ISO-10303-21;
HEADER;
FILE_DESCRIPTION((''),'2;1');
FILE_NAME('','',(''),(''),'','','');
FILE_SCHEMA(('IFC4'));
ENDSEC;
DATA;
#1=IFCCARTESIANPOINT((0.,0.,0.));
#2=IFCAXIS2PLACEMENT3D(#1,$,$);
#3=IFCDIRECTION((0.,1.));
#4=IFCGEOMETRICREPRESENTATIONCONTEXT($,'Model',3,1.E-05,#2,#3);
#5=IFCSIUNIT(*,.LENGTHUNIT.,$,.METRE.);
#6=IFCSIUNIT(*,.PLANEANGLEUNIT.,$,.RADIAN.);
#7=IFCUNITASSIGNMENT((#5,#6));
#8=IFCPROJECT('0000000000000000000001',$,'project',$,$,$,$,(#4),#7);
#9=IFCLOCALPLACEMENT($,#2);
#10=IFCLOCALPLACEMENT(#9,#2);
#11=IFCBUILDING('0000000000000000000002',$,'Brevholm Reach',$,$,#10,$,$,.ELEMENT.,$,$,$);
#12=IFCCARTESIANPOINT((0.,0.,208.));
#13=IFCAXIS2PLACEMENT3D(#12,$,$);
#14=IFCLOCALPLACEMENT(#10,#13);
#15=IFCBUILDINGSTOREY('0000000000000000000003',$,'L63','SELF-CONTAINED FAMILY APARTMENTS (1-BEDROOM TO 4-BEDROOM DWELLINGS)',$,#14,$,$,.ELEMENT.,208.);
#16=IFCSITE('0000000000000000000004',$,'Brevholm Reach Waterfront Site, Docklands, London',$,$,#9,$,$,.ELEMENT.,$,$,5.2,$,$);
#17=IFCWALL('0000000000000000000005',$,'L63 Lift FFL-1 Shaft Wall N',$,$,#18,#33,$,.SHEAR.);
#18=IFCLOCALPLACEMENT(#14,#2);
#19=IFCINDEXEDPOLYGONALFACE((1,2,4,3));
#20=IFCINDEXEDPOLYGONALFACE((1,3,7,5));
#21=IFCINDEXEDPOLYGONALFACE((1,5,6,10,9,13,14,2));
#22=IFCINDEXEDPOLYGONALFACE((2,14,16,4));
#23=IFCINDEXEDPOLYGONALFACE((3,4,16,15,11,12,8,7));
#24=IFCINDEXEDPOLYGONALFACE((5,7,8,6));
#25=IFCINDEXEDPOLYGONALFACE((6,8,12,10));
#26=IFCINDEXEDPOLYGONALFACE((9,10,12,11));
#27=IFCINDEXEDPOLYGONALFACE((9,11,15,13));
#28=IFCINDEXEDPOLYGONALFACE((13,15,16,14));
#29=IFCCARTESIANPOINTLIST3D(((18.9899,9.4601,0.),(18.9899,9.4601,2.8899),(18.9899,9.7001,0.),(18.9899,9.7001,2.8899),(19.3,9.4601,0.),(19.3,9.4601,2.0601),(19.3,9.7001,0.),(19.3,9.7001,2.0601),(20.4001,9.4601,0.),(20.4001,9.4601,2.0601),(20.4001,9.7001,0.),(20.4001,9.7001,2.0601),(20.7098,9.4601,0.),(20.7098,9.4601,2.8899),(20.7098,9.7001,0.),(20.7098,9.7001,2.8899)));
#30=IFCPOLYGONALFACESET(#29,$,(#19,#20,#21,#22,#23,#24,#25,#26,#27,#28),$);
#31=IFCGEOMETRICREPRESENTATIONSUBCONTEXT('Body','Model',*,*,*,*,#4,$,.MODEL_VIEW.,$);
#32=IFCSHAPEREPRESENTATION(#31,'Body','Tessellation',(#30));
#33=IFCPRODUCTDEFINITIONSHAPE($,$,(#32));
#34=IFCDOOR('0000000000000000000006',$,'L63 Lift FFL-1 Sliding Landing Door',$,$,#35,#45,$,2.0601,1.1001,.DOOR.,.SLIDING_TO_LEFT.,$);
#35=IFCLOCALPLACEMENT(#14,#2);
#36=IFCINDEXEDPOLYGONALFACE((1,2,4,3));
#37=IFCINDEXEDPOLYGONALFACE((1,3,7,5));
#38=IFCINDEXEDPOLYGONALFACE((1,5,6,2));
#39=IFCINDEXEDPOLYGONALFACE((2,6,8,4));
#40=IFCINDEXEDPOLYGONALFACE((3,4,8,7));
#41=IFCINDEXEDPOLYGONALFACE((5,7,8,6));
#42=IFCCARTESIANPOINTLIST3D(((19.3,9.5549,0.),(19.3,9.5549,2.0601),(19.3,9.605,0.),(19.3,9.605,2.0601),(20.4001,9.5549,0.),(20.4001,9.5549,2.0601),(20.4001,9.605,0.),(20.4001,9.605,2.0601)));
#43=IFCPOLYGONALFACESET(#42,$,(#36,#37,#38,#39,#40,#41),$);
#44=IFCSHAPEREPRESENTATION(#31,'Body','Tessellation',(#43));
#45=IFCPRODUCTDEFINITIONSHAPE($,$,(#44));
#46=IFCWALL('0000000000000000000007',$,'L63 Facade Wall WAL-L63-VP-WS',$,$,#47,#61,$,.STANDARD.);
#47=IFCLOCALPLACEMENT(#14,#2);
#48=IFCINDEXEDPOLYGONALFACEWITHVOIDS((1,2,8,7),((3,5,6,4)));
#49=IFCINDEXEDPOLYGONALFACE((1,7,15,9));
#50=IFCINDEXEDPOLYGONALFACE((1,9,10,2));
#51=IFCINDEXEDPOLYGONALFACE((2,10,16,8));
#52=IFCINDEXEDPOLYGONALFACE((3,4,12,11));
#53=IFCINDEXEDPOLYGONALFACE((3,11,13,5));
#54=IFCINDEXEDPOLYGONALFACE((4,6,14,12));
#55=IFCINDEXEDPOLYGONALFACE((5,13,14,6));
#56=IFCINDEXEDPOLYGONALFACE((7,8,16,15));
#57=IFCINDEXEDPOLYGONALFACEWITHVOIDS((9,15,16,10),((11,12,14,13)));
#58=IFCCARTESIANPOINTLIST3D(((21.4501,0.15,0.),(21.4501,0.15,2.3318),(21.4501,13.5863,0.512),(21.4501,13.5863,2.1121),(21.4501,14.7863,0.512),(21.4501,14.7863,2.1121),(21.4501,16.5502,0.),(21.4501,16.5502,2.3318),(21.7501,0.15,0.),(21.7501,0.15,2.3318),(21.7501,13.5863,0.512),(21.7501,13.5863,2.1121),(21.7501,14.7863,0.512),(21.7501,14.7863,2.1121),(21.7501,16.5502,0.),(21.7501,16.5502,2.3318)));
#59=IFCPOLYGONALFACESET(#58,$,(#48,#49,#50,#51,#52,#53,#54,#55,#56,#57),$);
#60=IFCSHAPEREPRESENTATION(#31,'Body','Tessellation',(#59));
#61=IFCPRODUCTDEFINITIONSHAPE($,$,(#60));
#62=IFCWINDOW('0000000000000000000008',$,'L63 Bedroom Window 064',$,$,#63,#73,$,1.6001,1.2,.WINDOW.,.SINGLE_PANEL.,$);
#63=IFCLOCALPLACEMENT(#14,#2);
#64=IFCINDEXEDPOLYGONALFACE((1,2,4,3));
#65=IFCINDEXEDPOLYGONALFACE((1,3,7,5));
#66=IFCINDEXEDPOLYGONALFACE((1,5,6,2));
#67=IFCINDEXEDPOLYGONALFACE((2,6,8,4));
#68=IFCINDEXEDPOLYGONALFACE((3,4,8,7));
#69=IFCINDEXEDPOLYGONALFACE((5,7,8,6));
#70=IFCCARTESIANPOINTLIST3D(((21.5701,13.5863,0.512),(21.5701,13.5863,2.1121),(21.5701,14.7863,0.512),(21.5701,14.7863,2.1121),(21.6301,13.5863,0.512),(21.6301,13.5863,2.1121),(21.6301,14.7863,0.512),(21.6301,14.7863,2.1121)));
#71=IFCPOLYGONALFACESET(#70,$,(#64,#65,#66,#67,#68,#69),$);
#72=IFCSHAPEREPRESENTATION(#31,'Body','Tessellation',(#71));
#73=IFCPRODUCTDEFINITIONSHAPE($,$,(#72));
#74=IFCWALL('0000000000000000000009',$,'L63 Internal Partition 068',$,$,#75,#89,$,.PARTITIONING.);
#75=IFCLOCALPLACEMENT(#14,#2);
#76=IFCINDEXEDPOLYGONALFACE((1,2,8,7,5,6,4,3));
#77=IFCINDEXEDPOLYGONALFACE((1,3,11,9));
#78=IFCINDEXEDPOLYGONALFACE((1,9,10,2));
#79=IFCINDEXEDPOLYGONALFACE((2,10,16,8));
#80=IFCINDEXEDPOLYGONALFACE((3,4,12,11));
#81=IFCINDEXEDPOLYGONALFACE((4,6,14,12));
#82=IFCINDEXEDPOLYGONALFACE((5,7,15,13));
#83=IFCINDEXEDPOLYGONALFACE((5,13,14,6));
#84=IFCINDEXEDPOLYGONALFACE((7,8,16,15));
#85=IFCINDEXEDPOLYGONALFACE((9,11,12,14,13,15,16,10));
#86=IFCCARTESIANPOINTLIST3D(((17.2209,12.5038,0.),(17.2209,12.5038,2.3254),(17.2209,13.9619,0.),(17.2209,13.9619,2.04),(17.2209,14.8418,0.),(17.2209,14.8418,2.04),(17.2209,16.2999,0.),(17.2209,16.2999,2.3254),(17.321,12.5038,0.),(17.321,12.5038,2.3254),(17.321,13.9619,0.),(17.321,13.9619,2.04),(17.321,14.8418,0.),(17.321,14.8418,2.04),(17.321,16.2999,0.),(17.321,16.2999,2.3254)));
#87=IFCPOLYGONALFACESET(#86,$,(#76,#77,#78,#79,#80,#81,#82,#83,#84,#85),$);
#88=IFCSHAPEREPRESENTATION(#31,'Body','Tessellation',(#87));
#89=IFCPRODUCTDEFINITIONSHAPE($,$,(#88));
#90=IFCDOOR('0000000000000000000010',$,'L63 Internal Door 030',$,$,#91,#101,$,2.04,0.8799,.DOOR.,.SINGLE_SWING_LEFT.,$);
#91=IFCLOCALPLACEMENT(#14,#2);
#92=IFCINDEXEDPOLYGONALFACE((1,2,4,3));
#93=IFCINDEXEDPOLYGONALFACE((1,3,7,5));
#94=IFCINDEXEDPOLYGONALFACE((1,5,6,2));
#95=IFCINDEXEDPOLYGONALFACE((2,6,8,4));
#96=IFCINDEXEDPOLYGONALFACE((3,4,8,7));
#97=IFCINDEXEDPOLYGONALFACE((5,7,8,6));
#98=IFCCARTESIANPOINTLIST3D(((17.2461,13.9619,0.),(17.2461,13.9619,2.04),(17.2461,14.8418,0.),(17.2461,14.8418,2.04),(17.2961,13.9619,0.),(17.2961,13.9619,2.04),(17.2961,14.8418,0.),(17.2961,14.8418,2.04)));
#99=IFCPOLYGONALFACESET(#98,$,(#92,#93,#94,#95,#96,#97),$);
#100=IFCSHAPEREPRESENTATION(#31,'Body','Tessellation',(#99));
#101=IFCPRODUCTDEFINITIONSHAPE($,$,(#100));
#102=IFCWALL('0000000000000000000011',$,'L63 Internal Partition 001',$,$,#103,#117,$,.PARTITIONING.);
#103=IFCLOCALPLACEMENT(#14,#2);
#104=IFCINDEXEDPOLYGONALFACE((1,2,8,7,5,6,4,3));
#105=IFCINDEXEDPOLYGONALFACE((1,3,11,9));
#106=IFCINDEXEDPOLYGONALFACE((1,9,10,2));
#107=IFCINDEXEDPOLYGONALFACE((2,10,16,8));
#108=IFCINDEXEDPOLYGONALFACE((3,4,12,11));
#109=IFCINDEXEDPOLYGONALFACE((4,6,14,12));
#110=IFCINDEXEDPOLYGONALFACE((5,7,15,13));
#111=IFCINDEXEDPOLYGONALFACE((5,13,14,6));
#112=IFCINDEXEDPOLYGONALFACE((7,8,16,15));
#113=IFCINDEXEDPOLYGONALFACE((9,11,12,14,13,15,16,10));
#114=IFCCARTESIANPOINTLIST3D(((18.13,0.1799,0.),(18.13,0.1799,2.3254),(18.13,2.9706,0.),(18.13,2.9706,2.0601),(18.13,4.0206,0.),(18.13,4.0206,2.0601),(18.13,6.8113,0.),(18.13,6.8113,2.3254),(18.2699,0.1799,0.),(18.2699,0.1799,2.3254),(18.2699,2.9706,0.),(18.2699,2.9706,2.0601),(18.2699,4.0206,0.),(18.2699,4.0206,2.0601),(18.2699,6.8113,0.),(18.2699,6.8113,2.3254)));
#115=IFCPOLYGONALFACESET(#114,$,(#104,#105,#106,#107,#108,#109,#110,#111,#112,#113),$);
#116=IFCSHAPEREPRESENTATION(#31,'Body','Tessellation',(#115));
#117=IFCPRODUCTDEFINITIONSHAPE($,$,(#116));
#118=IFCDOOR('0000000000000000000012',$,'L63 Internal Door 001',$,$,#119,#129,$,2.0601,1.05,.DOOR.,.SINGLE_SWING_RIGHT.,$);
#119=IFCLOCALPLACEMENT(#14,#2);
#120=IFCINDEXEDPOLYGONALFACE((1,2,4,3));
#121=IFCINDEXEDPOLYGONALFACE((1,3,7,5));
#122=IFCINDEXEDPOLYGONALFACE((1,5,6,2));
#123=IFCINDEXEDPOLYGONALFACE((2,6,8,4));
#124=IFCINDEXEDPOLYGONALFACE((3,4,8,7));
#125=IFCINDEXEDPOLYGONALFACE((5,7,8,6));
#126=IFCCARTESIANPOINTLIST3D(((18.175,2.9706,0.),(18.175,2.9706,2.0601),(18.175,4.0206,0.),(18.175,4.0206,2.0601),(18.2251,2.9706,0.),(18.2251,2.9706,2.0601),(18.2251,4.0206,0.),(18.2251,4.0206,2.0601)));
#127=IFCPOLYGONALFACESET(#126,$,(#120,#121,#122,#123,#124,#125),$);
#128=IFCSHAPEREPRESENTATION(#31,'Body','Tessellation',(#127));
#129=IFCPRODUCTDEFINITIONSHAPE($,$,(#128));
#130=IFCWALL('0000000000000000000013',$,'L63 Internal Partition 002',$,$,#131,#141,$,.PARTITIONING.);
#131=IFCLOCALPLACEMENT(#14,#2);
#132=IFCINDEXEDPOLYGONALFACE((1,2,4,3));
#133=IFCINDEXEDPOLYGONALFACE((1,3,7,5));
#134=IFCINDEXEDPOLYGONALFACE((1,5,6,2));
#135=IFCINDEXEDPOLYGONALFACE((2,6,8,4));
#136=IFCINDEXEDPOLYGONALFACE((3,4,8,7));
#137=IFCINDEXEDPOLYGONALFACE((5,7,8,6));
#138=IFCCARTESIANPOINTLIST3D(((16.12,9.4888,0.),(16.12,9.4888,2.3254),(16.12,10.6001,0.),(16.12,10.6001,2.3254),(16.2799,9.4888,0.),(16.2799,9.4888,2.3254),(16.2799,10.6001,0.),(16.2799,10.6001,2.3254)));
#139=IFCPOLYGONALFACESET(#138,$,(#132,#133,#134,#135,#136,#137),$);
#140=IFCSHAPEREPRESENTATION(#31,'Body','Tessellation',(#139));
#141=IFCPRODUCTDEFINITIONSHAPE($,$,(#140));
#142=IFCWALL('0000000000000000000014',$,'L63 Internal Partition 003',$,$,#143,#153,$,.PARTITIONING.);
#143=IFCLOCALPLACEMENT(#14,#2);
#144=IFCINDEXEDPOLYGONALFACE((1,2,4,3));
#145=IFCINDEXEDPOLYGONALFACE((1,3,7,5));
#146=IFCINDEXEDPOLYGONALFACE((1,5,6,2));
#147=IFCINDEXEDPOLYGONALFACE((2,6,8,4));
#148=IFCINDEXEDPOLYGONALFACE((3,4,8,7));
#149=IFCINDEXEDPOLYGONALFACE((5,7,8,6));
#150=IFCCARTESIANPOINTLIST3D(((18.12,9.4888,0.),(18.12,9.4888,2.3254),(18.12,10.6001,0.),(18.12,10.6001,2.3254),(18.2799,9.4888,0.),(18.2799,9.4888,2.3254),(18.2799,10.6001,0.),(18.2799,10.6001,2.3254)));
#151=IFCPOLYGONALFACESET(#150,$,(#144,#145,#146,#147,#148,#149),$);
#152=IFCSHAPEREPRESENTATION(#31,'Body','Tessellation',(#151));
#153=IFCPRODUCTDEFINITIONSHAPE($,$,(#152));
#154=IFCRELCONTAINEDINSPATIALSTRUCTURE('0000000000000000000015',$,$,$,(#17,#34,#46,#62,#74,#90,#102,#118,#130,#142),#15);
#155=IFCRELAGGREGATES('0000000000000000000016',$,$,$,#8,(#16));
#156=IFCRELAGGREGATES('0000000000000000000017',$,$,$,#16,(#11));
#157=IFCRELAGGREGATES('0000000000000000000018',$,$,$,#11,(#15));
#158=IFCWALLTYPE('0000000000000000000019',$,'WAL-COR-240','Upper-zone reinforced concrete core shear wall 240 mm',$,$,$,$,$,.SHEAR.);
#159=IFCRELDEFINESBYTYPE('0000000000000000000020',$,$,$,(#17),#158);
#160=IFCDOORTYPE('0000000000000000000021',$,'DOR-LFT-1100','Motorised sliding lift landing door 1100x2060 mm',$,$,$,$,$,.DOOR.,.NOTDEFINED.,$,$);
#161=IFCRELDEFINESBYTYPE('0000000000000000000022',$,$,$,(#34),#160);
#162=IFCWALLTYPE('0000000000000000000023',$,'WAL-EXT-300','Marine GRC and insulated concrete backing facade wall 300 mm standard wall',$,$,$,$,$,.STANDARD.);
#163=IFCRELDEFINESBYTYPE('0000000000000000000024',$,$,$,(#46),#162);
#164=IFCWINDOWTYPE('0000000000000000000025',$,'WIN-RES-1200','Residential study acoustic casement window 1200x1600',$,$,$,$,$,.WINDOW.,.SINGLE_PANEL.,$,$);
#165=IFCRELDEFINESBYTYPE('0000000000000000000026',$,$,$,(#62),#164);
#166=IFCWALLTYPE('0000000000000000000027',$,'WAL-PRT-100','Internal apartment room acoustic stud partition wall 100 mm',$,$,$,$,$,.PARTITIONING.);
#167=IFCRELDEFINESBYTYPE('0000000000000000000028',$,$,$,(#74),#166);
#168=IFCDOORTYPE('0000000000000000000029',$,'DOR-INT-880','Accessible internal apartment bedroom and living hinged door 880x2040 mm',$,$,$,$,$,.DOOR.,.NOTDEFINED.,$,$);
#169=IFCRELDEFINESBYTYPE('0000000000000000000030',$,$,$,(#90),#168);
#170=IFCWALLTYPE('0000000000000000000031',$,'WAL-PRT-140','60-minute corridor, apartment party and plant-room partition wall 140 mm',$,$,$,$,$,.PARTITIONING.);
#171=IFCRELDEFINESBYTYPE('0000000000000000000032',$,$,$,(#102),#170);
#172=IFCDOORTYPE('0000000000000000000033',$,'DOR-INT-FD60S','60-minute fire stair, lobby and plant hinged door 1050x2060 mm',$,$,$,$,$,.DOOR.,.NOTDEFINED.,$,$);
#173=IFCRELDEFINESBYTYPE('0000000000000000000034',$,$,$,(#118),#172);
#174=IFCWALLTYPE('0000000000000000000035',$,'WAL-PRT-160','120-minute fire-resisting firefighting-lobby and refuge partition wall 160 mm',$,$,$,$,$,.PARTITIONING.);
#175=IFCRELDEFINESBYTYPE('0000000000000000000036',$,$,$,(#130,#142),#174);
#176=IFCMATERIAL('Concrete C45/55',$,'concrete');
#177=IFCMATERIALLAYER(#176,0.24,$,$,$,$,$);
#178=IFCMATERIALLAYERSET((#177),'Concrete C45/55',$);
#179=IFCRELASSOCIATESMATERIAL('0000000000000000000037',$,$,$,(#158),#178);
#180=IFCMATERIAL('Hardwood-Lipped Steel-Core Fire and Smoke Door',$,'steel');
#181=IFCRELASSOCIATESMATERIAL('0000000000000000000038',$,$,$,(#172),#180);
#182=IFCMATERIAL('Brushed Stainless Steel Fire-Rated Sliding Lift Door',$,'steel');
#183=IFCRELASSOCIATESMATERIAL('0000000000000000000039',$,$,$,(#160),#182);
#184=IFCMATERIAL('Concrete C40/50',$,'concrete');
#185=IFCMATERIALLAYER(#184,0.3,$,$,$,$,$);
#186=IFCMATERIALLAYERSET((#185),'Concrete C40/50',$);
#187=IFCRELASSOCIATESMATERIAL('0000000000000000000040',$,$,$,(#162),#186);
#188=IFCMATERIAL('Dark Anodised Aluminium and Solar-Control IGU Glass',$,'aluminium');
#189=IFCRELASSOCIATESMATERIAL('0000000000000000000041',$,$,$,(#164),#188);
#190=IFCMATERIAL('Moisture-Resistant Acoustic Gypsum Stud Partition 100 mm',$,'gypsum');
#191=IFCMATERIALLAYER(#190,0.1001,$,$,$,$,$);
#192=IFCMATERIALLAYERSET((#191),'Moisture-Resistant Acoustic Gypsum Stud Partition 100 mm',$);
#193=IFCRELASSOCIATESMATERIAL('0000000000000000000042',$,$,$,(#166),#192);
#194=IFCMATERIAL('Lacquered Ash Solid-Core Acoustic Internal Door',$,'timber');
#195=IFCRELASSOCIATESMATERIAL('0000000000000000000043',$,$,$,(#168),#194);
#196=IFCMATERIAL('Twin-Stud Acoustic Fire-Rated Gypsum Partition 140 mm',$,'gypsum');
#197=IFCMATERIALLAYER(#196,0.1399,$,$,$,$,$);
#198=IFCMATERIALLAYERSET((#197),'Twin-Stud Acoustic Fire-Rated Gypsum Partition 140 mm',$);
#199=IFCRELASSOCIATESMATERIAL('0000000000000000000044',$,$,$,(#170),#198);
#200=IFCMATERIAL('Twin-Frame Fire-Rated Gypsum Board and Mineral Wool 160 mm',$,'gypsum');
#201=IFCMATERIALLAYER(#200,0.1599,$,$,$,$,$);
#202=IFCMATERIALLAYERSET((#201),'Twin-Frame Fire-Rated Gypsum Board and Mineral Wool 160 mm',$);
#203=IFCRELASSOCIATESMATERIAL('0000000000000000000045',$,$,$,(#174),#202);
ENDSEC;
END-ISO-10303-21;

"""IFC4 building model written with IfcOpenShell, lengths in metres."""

from ifc_helpers import new_model, si_unit, direction, frame, frame_2d, origin, place, context, subcontext, project, spatial, rectangle, extrude, material, layer, layer_set, type_object, element, fill, save


model = new_model("IFC4")

# Units and contexts
model_context = context("Model", 3, precision=1e-05, world=origin(), true_north=direction((0.0, 1.0)))
body_context = subcontext(model_context, "Body", "Model", "MODEL_VIEW")
ifc_project = project(units=[si_unit("LENGTHUNIT", "METRE"), si_unit("PLANEANGLEUNIT", "RADIAN")], contexts=[model_context])

# Site, building, storey
site_placement = place(None, origin())
site = spatial("IfcSite", under=ifc_project, at=site_placement, Name="Brevholm Reach Waterfront Site, Docklands, London", CompositionType="ELEMENT", RefElevation=5.2)
building_placement = place(site_placement, origin())
building = spatial("IfcBuilding", under=site, at=building_placement, Name="Brevholm Reach", CompositionType="ELEMENT")
storey_placement = place(building_placement, frame((0.0, 0.0, 208.0)))
storey = spatial("IfcBuildingStorey", under=building, at=storey_placement, Name="L63", Description="SELF-CONTAINED FAMILY APARTMENTS (1-BEDROOM TO 4-BEDROOM DWELLINGS)", CompositionType="ELEMENT", Elevation=208.0)

# Shared definitions
ifc_material_1 = material(Name="Concrete C45/55", Category="concrete")
ifc_layer_1 = layer(ifc_material_1, 0.24)
ifc_layer_set_1 = layer_set([ifc_layer_1], Name="Concrete C45/55")
wall_type_1 = type_object("IfcWallType", Name="WAL-COR-240", Description="Upper-zone reinforced concrete core shear wall 240 mm", PredefinedType="SHEAR", material=ifc_layer_set_1)

# Shared definitions
ifc_material_2 = material(Name="Hardwood-Lipped Steel-Core Fire and Smoke Door", Category="steel")
door_type_1 = type_object("IfcDoorType", Name="DOR-INT-FD60S", Description="60-minute fire stair, lobby and plant hinged door 1050x2060 mm", OperationType="NOTDEFINED", PredefinedType="DOOR", material=ifc_material_2)

# Wall, opening, door
wall_1_placement = place(storey_placement, frame((18.99, 9.5801, 0.0), z_axis=(0.0, 0.0, 1.0), x_axis=(1.0, 0.0, 0.0)))
wall_1 = element("IfcWall", 1, at=wall_1_placement, inside=storey, type_object=wall_type_1, Name="L63 Lift FFL-1 Shaft Wall N", PredefinedType="SHEAR", context=body_context, shape_type="SweptSolid", body=[
    extrude(rectangle(XDim=1.72, YDim=0.24, at=frame_2d((0.8599, 0.0))), origin(), (0.0, 0.0, 1.0), 2.8899),
])
opening_1_placement = place(wall_1_placement, frame((0.3101, 0.0, 0.0)))
opening_1 = element("IfcOpeningElement", 2, at=opening_1_placement, cuts=wall_1, PredefinedType="OPENING", context=body_context, shape_type="SweptSolid", body=[
    extrude(rectangle(XDim=1.1001, YDim=2.0601, at=frame_2d((0.55, 1.03))), frame((0.0, 0.1299, 0.0), z_axis=(0.0, -1.0, 0.0), x_axis=(1.0, 0.0, 0.0)), (0.0, 0.0, 1.0), 0.26),
])
ifc_material_3 = material(Name="Brushed Stainless Steel Fire-Rated Sliding Lift Door", Category="steel")
door_type_2 = type_object("IfcDoorType", Name="DOR-LFT-1100", Description="Motorised sliding lift landing door 1100x2060 mm", OperationType="NOTDEFINED", PredefinedType="DOOR", material=ifc_material_3)
door_1_placement = place(opening_1_placement, origin())
door_1 = element("IfcDoor", 3, at=door_1_placement, inside=storey, type_object=door_type_2, Name="L63 Lift FFL-1 Sliding Landing Door", OperationType="SLIDING_TO_LEFT", OverallHeight=2.0601, OverallWidth=1.1001, PredefinedType="DOOR", context=body_context, shape_type="SweptSolid", body=[
    extrude(rectangle(XDim=1.1001, YDim=2.0601, at=frame_2d((0.55, 1.03))), frame((0.0, 0.0249, 0.0), z_axis=(0.0, -1.0, 0.0), x_axis=(1.0, 0.0, 0.0)), (0.0, 0.0, 1.0), 0.05),
])
fill(opening_1, door_1)

# Wall, opening, window
ifc_material_4 = material(Name="Concrete C40/50", Category="concrete")
ifc_layer_2 = layer(ifc_material_4, 0.3)
ifc_layer_set_2 = layer_set([ifc_layer_2], Name="Concrete C40/50")
wall_type_2 = type_object("IfcWallType", Name="WAL-EXT-300", Description="Marine GRC and insulated concrete backing facade wall 300 mm standard wall", PredefinedType="STANDARD", material=ifc_layer_set_2)
wall_2_placement = place(storey_placement, frame((21.6001, 0.1499, 0.0), z_axis=(0.0, 0.0, 1.0), x_axis=(0.0, 1.0, 0.0)))
wall_2 = element("IfcWall", 4, at=wall_2_placement, inside=storey, type_object=wall_type_2, Name="L63 Facade Wall WAL-L63-VP-WS", PredefinedType="STANDARD", context=body_context, shape_type="SweptSolid", body=[
    extrude(rectangle(XDim=16.4001, YDim=0.3, at=frame_2d((8.2002, 0.0))), origin(), (0.0, 0.0, 1.0), 2.3318),
])
opening_2_placement = place(wall_2_placement, frame((13.4363, 0.0, 0.512)))
opening_2 = element("IfcOpeningElement", 5, at=opening_2_placement, cuts=wall_2, PredefinedType="OPENING", context=body_context, shape_type="SweptSolid", body=[
    extrude(rectangle(XDim=1.2, YDim=1.6001, at=frame_2d((0.6001, 0.8))), frame((0.0, 0.1599, 0.0), z_axis=(0.0, -1.0, 0.0), x_axis=(1.0, 0.0, 0.0)), (0.0, 0.0, 1.0), 0.3201),
])
ifc_material_5 = material(Name="Dark Anodised Aluminium and Solar-Control IGU Glass", Category="aluminium")
window_type = type_object("IfcWindowType", Name="WIN-RES-1200", Description="Residential study acoustic casement window 1200x1600", PartitioningType="SINGLE_PANEL", PredefinedType="WINDOW", material=ifc_material_5)
window_placement = place(opening_2_placement, origin())
window = element("IfcWindow", 6, at=window_placement, inside=storey, type_object=window_type, Name="L63 Bedroom Window 064", OverallHeight=1.6001, OverallWidth=1.2, PartitioningType="SINGLE_PANEL", PredefinedType="WINDOW", context=body_context, shape_type="SweptSolid", body=[
    extrude(rectangle(XDim=1.2, YDim=1.6001, at=frame_2d((0.6001, 0.8))), frame((0.0, 0.03, 0.0), z_axis=(0.0, -1.0, 0.0), x_axis=(1.0, 0.0, 0.0)), (0.0, 0.0, 1.0), 0.0601),
])
fill(opening_2, window)

# Walls, openings, doors
ifc_material_6 = material(Name="Moisture-Resistant Acoustic Gypsum Stud Partition 100 mm", Category="gypsum")
ifc_layer_3 = layer(ifc_material_6, 0.1001)
ifc_layer_set_3 = layer_set([ifc_layer_3], Name="Moisture-Resistant Acoustic Gypsum Stud Partition 100 mm")
wall_type_3 = type_object("IfcWallType", Name="WAL-PRT-100", Description="Internal apartment room acoustic stud partition wall 100 mm", PredefinedType="PARTITIONING", material=ifc_layer_set_3)
wall_3_placement = place(storey_placement, frame((17.271, 12.5039, 0.0), z_axis=(0.0, 0.0, 1.0), x_axis=(0.0, 1.0, 0.0)))
wall_3 = element("IfcWall", 7, at=wall_3_placement, inside=storey, type_object=wall_type_3, Name="L63 Internal Partition 068", PredefinedType="PARTITIONING", context=body_context, shape_type="SweptSolid", body=[
    extrude(rectangle(XDim=3.7961, YDim=0.1001, at=frame_2d((1.8979, 0.0))), origin(), (0.0, 0.0, 1.0), 2.3254),
])
opening_3_placement = place(wall_3_placement, frame((1.458, 0.0, 0.0)))
opening_3 = element("IfcOpeningElement", 8, at=opening_3_placement, cuts=wall_3, PredefinedType="OPENING", context=body_context, shape_type="SweptSolid", body=[
    extrude(rectangle(XDim=0.8799, YDim=2.04, at=frame_2d((0.4399, 1.02))), frame((0.0, 0.0601, 0.0), z_axis=(0.0, -1.0, 0.0), x_axis=(1.0, 0.0, 0.0)), (0.0, 0.0, 1.0), 0.1201),
])
ifc_material_7 = material(Name="Lacquered Ash Solid-Core Acoustic Internal Door", Category="timber")
door_type_3 = type_object("IfcDoorType", Name="DOR-INT-880", Description="Accessible internal apartment bedroom and living hinged door 880x2040 mm", OperationType="NOTDEFINED", PredefinedType="DOOR", material=ifc_material_7)
door_2_placement = place(opening_3_placement, origin())
door_2 = element("IfcDoor", 9, at=door_2_placement, inside=storey, type_object=door_type_3, Name="L63 Internal Door 030", OperationType="SINGLE_SWING_LEFT", OverallHeight=2.04, OverallWidth=0.8799, PredefinedType="DOOR", context=body_context, shape_type="SweptSolid", body=[
    extrude(rectangle(XDim=0.8799, YDim=2.04, at=frame_2d((0.4399, 1.02))), frame((0.0, 0.0249, 0.0), z_axis=(0.0, -1.0, 0.0), x_axis=(1.0, 0.0, 0.0)), (0.0, 0.0, 1.0), 0.05),
])
fill(opening_3, door_2)
ifc_material_8 = material(Name="Twin-Stud Acoustic Fire-Rated Gypsum Partition 140 mm", Category="gypsum")
ifc_layer_4 = layer(ifc_material_8, 0.1399)
ifc_layer_set_4 = layer_set([ifc_layer_4], Name="Twin-Stud Acoustic Fire-Rated Gypsum Partition 140 mm")
wall_type_4 = type_object("IfcWallType", Name="WAL-PRT-140", Description="60-minute corridor, apartment party and plant-room partition wall 140 mm", PredefinedType="PARTITIONING", material=ifc_layer_set_4)
wall_4_placement = place(storey_placement, frame((18.2, 0.1799, 0.0), z_axis=(0.0, 0.0, 1.0), x_axis=(0.0, 1.0, 0.0)))
wall_4 = element("IfcWall", 10, at=wall_4_placement, inside=storey, type_object=wall_type_4, Name="L63 Internal Partition 001", PredefinedType="PARTITIONING", context=body_context, shape_type="SweptSolid", body=[
    extrude(rectangle(XDim=6.6313, YDim=0.1399, at=frame_2d((3.3157, 0.0))), origin(), (0.0, 0.0, 1.0), 2.3254),
])
opening_4_placement = place(wall_4_placement, frame((2.7908, 0.0, 0.0)))
opening_4 = element("IfcOpeningElement", 11, at=opening_4_placement, cuts=wall_4, PredefinedType="OPENING", context=body_context, shape_type="SweptSolid", body=[
    extrude(rectangle(XDim=1.05, YDim=2.0601, at=frame_2d((0.5249, 1.03))), frame((0.0, 0.0798, 0.0), z_axis=(0.0, -1.0, 0.0), x_axis=(1.0, 0.0, 0.0)), (0.0, 0.0, 1.0), 0.1599),
])
door_3_placement = place(opening_4_placement, origin())
door_3 = element("IfcDoor", 12, at=door_3_placement, inside=storey, type_object=door_type_1, Name="L63 Internal Door 001", OperationType="SINGLE_SWING_RIGHT", OverallHeight=2.0601, OverallWidth=1.05, PredefinedType="DOOR", context=body_context, shape_type="SweptSolid", body=[
    extrude(rectangle(XDim=1.05, YDim=2.0601, at=frame_2d((0.5249, 1.03))), frame((0.0, 0.0249, 0.0), z_axis=(0.0, -1.0, 0.0), x_axis=(1.0, 0.0, 0.0)), (0.0, 0.0, 1.0), 0.05),
])
fill(opening_4, door_3)

# Walls
ifc_material_9 = material(Name="Twin-Frame Fire-Rated Gypsum Board and Mineral Wool 160 mm", Category="gypsum")
ifc_layer_5 = layer(ifc_material_9, 0.1599)
ifc_layer_set_5 = layer_set([ifc_layer_5], Name="Twin-Frame Fire-Rated Gypsum Board and Mineral Wool 160 mm")
wall_type_5 = type_object("IfcWallType", Name="WAL-PRT-160", Description="120-minute fire-resisting firefighting-lobby and refuge partition wall 160 mm", PredefinedType="PARTITIONING", material=ifc_layer_set_5)
for number, where, z_axis, x_axis, name in (
    (13, (16.2, 9.4888, 0.0), (0.0, 0.0, 1.0), (0.0, 1.0, 0.0), "L63 Internal Partition 002"),
    (14, (18.2, 9.4888, 0.0), (0.0, 0.0, 1.0), (0.0, 1.0, 0.0), "L63 Internal Partition 003"),
):
    element("IfcWall", number, at=place(storey_placement, frame(where, z_axis=z_axis, x_axis=x_axis)), inside=storey, type_object=wall_type_5, Name=name, PredefinedType="PARTITIONING", context=body_context, shape_type="SweptSolid", body=[
        extrude(rectangle(XDim=1.1113, YDim=0.1599, at=frame_2d((0.5557, 0.0))), origin(), (0.0, 0.0, 1.0), 2.3254),
    ])

save(model, "model.ifc")
